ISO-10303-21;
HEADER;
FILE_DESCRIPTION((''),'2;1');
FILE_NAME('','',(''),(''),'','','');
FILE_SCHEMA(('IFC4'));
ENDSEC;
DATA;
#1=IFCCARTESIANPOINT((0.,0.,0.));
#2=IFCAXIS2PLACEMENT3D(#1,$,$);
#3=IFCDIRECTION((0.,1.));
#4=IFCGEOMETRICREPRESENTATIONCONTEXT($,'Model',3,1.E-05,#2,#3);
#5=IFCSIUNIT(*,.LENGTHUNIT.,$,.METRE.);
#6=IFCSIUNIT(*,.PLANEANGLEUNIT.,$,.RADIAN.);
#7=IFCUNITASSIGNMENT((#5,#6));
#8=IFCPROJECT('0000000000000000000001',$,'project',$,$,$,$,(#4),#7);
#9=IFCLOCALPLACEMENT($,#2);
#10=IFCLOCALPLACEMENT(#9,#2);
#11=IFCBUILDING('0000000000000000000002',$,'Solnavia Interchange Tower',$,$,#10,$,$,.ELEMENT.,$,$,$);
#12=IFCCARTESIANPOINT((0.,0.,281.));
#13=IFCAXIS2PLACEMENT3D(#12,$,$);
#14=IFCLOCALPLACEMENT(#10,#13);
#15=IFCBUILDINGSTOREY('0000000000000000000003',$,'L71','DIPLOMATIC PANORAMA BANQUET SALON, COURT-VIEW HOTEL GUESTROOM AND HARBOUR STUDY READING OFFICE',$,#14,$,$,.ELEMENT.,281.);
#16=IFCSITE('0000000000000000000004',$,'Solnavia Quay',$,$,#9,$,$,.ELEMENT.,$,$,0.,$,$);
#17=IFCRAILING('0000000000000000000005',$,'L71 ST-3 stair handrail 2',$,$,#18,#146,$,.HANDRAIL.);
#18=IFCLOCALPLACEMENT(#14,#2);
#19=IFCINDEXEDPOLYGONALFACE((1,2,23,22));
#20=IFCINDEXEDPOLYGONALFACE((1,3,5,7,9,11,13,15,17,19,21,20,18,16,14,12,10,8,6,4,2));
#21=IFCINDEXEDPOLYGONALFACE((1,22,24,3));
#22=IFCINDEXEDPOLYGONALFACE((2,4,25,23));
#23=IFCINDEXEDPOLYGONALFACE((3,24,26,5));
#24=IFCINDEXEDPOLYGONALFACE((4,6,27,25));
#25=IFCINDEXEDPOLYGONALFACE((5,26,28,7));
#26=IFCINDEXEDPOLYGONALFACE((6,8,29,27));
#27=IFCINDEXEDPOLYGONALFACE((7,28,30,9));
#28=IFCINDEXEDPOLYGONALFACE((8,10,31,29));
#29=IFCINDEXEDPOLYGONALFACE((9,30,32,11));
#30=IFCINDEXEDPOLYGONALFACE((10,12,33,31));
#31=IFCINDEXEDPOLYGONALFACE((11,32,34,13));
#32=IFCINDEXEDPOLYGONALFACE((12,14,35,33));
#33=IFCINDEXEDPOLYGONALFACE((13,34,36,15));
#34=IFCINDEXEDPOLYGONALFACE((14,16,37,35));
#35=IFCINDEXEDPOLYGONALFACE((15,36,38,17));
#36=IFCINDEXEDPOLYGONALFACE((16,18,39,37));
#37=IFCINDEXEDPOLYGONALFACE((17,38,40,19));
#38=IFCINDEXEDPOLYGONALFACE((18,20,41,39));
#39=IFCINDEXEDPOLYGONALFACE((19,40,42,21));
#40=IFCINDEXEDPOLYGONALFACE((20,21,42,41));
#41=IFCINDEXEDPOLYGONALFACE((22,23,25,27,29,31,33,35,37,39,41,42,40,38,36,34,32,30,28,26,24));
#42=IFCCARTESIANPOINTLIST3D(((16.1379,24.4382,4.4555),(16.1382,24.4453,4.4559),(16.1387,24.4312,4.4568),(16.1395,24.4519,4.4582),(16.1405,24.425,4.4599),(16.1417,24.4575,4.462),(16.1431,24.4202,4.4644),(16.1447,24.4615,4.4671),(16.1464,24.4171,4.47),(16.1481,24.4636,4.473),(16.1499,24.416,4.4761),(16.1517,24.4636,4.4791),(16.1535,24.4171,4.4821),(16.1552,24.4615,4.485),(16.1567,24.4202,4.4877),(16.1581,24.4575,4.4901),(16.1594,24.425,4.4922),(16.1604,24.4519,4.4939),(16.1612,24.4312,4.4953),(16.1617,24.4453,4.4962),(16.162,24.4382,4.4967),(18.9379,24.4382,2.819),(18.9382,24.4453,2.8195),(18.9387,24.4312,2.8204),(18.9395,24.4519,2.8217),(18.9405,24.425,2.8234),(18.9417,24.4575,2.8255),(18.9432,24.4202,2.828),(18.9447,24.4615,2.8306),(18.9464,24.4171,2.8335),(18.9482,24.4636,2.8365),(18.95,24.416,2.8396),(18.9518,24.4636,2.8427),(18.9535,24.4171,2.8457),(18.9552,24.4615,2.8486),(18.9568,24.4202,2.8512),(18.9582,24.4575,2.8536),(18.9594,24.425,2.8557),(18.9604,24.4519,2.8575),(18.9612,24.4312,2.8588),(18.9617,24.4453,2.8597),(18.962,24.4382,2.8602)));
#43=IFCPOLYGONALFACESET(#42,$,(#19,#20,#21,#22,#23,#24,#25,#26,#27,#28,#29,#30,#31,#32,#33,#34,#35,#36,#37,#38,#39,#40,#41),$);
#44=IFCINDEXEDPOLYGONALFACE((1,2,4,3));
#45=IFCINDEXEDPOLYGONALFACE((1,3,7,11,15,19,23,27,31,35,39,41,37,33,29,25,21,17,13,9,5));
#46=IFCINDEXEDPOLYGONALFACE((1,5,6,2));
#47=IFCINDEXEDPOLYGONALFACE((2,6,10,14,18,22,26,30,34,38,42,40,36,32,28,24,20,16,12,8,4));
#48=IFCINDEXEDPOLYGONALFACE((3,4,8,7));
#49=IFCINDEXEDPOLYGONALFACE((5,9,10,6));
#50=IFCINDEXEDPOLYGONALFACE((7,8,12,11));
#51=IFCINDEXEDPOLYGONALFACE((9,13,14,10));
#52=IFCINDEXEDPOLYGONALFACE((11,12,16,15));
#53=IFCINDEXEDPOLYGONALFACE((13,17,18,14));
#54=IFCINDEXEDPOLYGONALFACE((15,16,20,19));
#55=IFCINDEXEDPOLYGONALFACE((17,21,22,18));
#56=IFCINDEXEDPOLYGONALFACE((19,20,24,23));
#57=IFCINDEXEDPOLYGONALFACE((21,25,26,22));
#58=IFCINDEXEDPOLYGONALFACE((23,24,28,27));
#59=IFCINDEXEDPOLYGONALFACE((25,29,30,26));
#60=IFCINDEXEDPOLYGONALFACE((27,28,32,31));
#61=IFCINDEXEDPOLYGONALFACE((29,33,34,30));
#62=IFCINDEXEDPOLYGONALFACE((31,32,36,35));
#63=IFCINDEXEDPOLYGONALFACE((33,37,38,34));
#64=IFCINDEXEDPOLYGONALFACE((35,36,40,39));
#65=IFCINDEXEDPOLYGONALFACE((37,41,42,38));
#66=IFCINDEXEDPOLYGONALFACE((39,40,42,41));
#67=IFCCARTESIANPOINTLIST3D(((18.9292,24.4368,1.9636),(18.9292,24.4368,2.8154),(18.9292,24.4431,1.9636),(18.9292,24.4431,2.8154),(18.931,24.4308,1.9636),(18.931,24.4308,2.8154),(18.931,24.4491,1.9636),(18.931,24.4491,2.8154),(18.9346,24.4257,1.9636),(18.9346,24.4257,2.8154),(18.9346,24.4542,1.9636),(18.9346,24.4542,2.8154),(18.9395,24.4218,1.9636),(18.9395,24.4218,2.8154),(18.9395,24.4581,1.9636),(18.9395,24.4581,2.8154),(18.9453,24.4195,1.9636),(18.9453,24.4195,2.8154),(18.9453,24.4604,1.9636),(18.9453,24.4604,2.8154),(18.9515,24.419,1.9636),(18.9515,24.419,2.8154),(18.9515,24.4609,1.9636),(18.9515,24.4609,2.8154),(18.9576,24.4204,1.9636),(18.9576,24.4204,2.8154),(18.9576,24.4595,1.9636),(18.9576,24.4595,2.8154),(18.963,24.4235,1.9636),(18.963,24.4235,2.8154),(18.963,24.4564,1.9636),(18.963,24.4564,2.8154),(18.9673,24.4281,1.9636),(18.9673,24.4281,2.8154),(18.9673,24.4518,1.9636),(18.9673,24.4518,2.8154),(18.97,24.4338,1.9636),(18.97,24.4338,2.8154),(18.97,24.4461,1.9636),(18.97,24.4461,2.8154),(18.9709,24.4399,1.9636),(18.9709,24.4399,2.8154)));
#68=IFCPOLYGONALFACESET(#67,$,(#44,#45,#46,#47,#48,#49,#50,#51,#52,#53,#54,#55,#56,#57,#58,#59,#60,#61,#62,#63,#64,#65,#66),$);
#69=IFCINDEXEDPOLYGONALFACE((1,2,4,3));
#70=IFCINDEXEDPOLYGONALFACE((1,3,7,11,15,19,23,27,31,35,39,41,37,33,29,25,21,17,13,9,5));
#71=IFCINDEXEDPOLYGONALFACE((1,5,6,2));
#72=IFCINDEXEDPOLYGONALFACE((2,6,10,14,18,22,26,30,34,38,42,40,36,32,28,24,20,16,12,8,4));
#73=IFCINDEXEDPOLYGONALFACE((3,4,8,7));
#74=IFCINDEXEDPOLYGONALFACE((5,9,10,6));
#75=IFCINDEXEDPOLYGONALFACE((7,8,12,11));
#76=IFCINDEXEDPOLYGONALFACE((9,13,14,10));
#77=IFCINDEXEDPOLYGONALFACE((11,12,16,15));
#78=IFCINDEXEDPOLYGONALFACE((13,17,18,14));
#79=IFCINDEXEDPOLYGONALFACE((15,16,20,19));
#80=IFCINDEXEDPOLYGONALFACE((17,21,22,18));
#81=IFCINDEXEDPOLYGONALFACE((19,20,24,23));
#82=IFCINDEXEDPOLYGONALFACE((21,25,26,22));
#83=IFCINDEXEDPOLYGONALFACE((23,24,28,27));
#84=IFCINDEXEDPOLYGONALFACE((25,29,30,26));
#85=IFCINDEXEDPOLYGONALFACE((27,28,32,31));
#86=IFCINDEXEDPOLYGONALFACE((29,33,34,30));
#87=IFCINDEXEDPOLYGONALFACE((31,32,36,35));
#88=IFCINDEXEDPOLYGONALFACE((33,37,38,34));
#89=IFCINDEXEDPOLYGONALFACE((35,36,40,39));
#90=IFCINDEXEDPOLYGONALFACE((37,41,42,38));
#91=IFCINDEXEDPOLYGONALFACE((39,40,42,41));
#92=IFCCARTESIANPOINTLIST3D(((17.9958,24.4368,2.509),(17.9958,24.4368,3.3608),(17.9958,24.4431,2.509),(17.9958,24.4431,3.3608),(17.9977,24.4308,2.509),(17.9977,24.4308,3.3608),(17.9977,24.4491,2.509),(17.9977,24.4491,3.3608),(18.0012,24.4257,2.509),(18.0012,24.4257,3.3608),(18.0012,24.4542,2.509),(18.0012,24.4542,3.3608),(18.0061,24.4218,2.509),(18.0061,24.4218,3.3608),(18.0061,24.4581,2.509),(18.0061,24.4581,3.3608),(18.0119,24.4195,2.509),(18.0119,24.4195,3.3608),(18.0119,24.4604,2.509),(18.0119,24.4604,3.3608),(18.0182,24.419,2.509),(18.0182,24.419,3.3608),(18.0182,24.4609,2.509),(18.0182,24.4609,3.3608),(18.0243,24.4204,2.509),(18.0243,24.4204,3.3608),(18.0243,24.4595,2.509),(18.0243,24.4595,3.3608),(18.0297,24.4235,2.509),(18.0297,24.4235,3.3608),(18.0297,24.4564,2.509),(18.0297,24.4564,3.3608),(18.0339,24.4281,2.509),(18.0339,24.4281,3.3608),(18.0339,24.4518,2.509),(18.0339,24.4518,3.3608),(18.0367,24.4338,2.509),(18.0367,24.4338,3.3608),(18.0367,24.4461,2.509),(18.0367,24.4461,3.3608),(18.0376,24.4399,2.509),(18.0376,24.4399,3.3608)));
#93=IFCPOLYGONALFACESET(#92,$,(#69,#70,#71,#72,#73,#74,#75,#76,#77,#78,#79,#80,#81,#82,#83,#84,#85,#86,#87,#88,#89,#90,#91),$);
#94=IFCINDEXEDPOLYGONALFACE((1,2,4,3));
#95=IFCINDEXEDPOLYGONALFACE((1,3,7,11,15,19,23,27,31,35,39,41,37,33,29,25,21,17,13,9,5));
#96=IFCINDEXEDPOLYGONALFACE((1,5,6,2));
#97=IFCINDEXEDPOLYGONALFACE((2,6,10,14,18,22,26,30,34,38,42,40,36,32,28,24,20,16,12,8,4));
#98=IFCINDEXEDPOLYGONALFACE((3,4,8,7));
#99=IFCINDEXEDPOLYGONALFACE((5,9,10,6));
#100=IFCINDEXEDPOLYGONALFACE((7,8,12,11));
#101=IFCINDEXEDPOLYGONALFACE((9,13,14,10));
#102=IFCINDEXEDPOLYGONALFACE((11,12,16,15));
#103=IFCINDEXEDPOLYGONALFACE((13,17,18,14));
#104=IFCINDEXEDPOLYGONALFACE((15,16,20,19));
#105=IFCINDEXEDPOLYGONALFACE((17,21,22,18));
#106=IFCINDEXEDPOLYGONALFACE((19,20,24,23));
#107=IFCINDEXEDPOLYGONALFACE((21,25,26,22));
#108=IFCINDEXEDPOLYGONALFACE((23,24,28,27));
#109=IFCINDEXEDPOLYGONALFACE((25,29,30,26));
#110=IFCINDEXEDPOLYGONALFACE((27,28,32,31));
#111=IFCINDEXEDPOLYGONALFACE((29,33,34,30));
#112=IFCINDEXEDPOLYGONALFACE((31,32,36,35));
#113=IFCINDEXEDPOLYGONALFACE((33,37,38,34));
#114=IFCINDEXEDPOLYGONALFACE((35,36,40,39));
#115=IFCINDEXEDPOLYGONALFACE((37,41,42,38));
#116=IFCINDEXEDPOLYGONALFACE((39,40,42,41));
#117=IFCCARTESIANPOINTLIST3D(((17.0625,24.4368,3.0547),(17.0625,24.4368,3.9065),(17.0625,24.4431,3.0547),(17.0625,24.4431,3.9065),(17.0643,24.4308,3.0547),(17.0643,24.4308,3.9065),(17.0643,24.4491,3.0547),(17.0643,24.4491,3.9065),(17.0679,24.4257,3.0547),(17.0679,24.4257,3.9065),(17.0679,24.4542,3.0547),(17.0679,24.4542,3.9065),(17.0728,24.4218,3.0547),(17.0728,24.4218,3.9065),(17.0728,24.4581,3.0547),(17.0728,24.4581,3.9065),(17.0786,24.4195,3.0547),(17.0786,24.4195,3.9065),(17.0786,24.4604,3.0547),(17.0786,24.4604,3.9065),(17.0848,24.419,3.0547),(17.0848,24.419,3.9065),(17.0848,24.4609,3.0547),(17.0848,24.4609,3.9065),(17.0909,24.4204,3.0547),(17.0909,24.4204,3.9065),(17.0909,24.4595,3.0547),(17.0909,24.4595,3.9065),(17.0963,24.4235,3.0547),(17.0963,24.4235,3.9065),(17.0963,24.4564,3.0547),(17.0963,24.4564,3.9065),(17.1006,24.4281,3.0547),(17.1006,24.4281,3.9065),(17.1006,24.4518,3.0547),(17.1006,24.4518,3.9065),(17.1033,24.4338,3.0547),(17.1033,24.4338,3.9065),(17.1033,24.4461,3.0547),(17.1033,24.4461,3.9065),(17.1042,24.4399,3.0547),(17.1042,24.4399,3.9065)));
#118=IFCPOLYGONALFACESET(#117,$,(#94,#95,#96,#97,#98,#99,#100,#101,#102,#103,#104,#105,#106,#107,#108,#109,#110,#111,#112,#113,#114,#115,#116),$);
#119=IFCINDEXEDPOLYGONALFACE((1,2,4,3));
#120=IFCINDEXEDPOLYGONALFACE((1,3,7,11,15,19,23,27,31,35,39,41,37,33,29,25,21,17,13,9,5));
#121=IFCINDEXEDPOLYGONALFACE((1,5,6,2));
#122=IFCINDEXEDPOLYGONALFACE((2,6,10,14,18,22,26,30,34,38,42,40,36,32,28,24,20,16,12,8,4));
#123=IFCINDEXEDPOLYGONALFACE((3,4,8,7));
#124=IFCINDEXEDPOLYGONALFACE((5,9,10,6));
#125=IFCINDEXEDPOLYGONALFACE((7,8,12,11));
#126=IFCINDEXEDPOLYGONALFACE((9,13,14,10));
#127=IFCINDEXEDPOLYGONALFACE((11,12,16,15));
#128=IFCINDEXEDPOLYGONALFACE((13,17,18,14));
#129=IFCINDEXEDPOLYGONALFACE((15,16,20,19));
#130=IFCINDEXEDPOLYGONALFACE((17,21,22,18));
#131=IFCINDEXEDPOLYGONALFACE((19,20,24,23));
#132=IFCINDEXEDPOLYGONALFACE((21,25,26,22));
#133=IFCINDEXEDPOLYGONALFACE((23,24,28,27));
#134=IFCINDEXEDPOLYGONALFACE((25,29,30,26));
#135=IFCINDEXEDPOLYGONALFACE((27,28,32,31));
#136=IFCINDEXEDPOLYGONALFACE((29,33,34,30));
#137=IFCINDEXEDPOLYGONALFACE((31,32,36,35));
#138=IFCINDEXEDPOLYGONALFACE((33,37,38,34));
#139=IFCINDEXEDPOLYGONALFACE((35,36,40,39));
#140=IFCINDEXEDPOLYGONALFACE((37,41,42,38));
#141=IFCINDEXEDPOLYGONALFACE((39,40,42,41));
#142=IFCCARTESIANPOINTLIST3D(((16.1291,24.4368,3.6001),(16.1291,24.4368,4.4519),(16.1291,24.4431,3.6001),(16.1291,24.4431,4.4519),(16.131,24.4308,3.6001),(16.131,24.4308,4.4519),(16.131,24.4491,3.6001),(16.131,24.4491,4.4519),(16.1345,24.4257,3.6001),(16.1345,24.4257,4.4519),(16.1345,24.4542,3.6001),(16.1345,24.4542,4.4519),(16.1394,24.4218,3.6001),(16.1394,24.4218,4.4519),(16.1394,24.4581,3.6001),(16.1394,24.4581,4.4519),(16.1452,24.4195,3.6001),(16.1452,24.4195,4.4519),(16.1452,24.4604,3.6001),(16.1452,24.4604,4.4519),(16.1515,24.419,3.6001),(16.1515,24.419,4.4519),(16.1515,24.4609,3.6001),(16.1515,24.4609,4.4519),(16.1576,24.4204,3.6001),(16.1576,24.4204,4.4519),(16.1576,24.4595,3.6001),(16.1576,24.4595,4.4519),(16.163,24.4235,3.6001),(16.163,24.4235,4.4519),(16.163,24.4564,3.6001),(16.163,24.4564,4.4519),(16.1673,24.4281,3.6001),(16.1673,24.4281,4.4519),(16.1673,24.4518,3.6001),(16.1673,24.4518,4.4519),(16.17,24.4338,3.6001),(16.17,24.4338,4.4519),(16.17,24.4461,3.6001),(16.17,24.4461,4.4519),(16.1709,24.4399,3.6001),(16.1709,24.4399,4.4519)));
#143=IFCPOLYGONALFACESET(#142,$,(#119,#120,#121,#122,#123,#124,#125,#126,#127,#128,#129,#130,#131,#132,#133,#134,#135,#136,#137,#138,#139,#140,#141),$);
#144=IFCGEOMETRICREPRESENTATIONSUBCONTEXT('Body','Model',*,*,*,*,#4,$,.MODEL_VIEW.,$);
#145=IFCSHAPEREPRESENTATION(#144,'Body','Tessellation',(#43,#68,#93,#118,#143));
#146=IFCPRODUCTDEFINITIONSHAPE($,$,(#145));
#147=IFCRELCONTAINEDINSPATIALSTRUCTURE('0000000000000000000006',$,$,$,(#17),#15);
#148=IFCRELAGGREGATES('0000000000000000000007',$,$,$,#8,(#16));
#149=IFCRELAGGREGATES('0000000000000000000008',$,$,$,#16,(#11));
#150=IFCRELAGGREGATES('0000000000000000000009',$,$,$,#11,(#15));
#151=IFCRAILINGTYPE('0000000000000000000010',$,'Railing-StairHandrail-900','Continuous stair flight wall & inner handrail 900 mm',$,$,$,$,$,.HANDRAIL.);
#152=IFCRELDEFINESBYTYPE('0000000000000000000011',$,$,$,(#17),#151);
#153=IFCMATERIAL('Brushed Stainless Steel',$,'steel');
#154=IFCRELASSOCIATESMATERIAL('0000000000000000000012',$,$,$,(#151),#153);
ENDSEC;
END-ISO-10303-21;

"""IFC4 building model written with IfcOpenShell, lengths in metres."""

from ifc_helpers import new_model, si_unit, direction, frame, origin, origin_2d, place, context, subcontext, project, spatial, circle, extrude, material, type_object, element, save


model = new_model("IFC4")

# Units and contexts
model_context = context("Model", 3, precision=1e-05, world=origin(), true_north=direction((0.0, 1.0)))
body_context = subcontext(model_context, "Body", "Model", "MODEL_VIEW")
ifc_project = project(units=[si_unit("LENGTHUNIT", "METRE"), si_unit("PLANEANGLEUNIT", "RADIAN")], contexts=[model_context])

# Site, building, storey
site_placement = place(None, origin())
site = spatial("IfcSite", under=ifc_project, at=site_placement, Name="Solnavia Quay", CompositionType="ELEMENT", RefElevation=0.0)
building_placement = place(site_placement, origin())
building = spatial("IfcBuilding", under=site, at=building_placement, Name="Solnavia Interchange Tower", CompositionType="ELEMENT")
storey_placement = place(building_placement, frame((0.0, 0.0, 281.0)))
storey = spatial("IfcBuildingStorey", under=building, at=storey_placement, Name="L71", Description="DIPLOMATIC PANORAMA BANQUET SALON, COURT-VIEW HOTEL GUESTROOM AND HARBOUR STUDY READING OFFICE", CompositionType="ELEMENT", Elevation=281.0)

# Railing
ifc_material_1 = material(Name="Brushed Stainless Steel", Category="steel")
railing_type_1 = type_object("IfcRailingType", Name="Railing-StairHandrail-900", Description="Continuous stair flight wall & inner handrail 900 mm", PredefinedType="HANDRAIL", material=ifc_material_1)
railing_1_placement = place(storey_placement, frame((18.95, 24.4399, 1.9636)))
element("IfcRailing", 1, at=railing_1_placement, inside=storey, type_object=railing_type_1, Name="L71 ST-3 stair handrail 2", PredefinedType="HANDRAIL", context=body_context, shape_type="SweptSolid", body=[
    extrude(circle(Radius=0.0239, at=origin_2d()), frame((0.0, 0.0, 0.876), z_axis=(-0.863361, 0.0, 0.504587), x_axis=(0.0, -1.0, 0.0)), (0.0, 0.0, 1.0), 3.2432),
    extrude(circle(Radius=0.021, at=origin_2d()), origin(), (0.0, 0.0, 1.0), 0.8518),
    extrude(circle(Radius=0.021, at=origin_2d()), frame((-0.9333, 0.0, 0.5454)), (0.0, 0.0, 1.0), 0.8518),
    extrude(circle(Radius=0.021, at=origin_2d()), frame((-1.8667, 0.0, 1.0911)), (0.0, 0.0, 1.0), 0.8518),
    extrude(circle(Radius=0.021, at=origin_2d()), frame((-2.8, 0.0, 1.6365)), (0.0, 0.0, 1.0), 0.8518),
])

save(model, "model.ifc")
